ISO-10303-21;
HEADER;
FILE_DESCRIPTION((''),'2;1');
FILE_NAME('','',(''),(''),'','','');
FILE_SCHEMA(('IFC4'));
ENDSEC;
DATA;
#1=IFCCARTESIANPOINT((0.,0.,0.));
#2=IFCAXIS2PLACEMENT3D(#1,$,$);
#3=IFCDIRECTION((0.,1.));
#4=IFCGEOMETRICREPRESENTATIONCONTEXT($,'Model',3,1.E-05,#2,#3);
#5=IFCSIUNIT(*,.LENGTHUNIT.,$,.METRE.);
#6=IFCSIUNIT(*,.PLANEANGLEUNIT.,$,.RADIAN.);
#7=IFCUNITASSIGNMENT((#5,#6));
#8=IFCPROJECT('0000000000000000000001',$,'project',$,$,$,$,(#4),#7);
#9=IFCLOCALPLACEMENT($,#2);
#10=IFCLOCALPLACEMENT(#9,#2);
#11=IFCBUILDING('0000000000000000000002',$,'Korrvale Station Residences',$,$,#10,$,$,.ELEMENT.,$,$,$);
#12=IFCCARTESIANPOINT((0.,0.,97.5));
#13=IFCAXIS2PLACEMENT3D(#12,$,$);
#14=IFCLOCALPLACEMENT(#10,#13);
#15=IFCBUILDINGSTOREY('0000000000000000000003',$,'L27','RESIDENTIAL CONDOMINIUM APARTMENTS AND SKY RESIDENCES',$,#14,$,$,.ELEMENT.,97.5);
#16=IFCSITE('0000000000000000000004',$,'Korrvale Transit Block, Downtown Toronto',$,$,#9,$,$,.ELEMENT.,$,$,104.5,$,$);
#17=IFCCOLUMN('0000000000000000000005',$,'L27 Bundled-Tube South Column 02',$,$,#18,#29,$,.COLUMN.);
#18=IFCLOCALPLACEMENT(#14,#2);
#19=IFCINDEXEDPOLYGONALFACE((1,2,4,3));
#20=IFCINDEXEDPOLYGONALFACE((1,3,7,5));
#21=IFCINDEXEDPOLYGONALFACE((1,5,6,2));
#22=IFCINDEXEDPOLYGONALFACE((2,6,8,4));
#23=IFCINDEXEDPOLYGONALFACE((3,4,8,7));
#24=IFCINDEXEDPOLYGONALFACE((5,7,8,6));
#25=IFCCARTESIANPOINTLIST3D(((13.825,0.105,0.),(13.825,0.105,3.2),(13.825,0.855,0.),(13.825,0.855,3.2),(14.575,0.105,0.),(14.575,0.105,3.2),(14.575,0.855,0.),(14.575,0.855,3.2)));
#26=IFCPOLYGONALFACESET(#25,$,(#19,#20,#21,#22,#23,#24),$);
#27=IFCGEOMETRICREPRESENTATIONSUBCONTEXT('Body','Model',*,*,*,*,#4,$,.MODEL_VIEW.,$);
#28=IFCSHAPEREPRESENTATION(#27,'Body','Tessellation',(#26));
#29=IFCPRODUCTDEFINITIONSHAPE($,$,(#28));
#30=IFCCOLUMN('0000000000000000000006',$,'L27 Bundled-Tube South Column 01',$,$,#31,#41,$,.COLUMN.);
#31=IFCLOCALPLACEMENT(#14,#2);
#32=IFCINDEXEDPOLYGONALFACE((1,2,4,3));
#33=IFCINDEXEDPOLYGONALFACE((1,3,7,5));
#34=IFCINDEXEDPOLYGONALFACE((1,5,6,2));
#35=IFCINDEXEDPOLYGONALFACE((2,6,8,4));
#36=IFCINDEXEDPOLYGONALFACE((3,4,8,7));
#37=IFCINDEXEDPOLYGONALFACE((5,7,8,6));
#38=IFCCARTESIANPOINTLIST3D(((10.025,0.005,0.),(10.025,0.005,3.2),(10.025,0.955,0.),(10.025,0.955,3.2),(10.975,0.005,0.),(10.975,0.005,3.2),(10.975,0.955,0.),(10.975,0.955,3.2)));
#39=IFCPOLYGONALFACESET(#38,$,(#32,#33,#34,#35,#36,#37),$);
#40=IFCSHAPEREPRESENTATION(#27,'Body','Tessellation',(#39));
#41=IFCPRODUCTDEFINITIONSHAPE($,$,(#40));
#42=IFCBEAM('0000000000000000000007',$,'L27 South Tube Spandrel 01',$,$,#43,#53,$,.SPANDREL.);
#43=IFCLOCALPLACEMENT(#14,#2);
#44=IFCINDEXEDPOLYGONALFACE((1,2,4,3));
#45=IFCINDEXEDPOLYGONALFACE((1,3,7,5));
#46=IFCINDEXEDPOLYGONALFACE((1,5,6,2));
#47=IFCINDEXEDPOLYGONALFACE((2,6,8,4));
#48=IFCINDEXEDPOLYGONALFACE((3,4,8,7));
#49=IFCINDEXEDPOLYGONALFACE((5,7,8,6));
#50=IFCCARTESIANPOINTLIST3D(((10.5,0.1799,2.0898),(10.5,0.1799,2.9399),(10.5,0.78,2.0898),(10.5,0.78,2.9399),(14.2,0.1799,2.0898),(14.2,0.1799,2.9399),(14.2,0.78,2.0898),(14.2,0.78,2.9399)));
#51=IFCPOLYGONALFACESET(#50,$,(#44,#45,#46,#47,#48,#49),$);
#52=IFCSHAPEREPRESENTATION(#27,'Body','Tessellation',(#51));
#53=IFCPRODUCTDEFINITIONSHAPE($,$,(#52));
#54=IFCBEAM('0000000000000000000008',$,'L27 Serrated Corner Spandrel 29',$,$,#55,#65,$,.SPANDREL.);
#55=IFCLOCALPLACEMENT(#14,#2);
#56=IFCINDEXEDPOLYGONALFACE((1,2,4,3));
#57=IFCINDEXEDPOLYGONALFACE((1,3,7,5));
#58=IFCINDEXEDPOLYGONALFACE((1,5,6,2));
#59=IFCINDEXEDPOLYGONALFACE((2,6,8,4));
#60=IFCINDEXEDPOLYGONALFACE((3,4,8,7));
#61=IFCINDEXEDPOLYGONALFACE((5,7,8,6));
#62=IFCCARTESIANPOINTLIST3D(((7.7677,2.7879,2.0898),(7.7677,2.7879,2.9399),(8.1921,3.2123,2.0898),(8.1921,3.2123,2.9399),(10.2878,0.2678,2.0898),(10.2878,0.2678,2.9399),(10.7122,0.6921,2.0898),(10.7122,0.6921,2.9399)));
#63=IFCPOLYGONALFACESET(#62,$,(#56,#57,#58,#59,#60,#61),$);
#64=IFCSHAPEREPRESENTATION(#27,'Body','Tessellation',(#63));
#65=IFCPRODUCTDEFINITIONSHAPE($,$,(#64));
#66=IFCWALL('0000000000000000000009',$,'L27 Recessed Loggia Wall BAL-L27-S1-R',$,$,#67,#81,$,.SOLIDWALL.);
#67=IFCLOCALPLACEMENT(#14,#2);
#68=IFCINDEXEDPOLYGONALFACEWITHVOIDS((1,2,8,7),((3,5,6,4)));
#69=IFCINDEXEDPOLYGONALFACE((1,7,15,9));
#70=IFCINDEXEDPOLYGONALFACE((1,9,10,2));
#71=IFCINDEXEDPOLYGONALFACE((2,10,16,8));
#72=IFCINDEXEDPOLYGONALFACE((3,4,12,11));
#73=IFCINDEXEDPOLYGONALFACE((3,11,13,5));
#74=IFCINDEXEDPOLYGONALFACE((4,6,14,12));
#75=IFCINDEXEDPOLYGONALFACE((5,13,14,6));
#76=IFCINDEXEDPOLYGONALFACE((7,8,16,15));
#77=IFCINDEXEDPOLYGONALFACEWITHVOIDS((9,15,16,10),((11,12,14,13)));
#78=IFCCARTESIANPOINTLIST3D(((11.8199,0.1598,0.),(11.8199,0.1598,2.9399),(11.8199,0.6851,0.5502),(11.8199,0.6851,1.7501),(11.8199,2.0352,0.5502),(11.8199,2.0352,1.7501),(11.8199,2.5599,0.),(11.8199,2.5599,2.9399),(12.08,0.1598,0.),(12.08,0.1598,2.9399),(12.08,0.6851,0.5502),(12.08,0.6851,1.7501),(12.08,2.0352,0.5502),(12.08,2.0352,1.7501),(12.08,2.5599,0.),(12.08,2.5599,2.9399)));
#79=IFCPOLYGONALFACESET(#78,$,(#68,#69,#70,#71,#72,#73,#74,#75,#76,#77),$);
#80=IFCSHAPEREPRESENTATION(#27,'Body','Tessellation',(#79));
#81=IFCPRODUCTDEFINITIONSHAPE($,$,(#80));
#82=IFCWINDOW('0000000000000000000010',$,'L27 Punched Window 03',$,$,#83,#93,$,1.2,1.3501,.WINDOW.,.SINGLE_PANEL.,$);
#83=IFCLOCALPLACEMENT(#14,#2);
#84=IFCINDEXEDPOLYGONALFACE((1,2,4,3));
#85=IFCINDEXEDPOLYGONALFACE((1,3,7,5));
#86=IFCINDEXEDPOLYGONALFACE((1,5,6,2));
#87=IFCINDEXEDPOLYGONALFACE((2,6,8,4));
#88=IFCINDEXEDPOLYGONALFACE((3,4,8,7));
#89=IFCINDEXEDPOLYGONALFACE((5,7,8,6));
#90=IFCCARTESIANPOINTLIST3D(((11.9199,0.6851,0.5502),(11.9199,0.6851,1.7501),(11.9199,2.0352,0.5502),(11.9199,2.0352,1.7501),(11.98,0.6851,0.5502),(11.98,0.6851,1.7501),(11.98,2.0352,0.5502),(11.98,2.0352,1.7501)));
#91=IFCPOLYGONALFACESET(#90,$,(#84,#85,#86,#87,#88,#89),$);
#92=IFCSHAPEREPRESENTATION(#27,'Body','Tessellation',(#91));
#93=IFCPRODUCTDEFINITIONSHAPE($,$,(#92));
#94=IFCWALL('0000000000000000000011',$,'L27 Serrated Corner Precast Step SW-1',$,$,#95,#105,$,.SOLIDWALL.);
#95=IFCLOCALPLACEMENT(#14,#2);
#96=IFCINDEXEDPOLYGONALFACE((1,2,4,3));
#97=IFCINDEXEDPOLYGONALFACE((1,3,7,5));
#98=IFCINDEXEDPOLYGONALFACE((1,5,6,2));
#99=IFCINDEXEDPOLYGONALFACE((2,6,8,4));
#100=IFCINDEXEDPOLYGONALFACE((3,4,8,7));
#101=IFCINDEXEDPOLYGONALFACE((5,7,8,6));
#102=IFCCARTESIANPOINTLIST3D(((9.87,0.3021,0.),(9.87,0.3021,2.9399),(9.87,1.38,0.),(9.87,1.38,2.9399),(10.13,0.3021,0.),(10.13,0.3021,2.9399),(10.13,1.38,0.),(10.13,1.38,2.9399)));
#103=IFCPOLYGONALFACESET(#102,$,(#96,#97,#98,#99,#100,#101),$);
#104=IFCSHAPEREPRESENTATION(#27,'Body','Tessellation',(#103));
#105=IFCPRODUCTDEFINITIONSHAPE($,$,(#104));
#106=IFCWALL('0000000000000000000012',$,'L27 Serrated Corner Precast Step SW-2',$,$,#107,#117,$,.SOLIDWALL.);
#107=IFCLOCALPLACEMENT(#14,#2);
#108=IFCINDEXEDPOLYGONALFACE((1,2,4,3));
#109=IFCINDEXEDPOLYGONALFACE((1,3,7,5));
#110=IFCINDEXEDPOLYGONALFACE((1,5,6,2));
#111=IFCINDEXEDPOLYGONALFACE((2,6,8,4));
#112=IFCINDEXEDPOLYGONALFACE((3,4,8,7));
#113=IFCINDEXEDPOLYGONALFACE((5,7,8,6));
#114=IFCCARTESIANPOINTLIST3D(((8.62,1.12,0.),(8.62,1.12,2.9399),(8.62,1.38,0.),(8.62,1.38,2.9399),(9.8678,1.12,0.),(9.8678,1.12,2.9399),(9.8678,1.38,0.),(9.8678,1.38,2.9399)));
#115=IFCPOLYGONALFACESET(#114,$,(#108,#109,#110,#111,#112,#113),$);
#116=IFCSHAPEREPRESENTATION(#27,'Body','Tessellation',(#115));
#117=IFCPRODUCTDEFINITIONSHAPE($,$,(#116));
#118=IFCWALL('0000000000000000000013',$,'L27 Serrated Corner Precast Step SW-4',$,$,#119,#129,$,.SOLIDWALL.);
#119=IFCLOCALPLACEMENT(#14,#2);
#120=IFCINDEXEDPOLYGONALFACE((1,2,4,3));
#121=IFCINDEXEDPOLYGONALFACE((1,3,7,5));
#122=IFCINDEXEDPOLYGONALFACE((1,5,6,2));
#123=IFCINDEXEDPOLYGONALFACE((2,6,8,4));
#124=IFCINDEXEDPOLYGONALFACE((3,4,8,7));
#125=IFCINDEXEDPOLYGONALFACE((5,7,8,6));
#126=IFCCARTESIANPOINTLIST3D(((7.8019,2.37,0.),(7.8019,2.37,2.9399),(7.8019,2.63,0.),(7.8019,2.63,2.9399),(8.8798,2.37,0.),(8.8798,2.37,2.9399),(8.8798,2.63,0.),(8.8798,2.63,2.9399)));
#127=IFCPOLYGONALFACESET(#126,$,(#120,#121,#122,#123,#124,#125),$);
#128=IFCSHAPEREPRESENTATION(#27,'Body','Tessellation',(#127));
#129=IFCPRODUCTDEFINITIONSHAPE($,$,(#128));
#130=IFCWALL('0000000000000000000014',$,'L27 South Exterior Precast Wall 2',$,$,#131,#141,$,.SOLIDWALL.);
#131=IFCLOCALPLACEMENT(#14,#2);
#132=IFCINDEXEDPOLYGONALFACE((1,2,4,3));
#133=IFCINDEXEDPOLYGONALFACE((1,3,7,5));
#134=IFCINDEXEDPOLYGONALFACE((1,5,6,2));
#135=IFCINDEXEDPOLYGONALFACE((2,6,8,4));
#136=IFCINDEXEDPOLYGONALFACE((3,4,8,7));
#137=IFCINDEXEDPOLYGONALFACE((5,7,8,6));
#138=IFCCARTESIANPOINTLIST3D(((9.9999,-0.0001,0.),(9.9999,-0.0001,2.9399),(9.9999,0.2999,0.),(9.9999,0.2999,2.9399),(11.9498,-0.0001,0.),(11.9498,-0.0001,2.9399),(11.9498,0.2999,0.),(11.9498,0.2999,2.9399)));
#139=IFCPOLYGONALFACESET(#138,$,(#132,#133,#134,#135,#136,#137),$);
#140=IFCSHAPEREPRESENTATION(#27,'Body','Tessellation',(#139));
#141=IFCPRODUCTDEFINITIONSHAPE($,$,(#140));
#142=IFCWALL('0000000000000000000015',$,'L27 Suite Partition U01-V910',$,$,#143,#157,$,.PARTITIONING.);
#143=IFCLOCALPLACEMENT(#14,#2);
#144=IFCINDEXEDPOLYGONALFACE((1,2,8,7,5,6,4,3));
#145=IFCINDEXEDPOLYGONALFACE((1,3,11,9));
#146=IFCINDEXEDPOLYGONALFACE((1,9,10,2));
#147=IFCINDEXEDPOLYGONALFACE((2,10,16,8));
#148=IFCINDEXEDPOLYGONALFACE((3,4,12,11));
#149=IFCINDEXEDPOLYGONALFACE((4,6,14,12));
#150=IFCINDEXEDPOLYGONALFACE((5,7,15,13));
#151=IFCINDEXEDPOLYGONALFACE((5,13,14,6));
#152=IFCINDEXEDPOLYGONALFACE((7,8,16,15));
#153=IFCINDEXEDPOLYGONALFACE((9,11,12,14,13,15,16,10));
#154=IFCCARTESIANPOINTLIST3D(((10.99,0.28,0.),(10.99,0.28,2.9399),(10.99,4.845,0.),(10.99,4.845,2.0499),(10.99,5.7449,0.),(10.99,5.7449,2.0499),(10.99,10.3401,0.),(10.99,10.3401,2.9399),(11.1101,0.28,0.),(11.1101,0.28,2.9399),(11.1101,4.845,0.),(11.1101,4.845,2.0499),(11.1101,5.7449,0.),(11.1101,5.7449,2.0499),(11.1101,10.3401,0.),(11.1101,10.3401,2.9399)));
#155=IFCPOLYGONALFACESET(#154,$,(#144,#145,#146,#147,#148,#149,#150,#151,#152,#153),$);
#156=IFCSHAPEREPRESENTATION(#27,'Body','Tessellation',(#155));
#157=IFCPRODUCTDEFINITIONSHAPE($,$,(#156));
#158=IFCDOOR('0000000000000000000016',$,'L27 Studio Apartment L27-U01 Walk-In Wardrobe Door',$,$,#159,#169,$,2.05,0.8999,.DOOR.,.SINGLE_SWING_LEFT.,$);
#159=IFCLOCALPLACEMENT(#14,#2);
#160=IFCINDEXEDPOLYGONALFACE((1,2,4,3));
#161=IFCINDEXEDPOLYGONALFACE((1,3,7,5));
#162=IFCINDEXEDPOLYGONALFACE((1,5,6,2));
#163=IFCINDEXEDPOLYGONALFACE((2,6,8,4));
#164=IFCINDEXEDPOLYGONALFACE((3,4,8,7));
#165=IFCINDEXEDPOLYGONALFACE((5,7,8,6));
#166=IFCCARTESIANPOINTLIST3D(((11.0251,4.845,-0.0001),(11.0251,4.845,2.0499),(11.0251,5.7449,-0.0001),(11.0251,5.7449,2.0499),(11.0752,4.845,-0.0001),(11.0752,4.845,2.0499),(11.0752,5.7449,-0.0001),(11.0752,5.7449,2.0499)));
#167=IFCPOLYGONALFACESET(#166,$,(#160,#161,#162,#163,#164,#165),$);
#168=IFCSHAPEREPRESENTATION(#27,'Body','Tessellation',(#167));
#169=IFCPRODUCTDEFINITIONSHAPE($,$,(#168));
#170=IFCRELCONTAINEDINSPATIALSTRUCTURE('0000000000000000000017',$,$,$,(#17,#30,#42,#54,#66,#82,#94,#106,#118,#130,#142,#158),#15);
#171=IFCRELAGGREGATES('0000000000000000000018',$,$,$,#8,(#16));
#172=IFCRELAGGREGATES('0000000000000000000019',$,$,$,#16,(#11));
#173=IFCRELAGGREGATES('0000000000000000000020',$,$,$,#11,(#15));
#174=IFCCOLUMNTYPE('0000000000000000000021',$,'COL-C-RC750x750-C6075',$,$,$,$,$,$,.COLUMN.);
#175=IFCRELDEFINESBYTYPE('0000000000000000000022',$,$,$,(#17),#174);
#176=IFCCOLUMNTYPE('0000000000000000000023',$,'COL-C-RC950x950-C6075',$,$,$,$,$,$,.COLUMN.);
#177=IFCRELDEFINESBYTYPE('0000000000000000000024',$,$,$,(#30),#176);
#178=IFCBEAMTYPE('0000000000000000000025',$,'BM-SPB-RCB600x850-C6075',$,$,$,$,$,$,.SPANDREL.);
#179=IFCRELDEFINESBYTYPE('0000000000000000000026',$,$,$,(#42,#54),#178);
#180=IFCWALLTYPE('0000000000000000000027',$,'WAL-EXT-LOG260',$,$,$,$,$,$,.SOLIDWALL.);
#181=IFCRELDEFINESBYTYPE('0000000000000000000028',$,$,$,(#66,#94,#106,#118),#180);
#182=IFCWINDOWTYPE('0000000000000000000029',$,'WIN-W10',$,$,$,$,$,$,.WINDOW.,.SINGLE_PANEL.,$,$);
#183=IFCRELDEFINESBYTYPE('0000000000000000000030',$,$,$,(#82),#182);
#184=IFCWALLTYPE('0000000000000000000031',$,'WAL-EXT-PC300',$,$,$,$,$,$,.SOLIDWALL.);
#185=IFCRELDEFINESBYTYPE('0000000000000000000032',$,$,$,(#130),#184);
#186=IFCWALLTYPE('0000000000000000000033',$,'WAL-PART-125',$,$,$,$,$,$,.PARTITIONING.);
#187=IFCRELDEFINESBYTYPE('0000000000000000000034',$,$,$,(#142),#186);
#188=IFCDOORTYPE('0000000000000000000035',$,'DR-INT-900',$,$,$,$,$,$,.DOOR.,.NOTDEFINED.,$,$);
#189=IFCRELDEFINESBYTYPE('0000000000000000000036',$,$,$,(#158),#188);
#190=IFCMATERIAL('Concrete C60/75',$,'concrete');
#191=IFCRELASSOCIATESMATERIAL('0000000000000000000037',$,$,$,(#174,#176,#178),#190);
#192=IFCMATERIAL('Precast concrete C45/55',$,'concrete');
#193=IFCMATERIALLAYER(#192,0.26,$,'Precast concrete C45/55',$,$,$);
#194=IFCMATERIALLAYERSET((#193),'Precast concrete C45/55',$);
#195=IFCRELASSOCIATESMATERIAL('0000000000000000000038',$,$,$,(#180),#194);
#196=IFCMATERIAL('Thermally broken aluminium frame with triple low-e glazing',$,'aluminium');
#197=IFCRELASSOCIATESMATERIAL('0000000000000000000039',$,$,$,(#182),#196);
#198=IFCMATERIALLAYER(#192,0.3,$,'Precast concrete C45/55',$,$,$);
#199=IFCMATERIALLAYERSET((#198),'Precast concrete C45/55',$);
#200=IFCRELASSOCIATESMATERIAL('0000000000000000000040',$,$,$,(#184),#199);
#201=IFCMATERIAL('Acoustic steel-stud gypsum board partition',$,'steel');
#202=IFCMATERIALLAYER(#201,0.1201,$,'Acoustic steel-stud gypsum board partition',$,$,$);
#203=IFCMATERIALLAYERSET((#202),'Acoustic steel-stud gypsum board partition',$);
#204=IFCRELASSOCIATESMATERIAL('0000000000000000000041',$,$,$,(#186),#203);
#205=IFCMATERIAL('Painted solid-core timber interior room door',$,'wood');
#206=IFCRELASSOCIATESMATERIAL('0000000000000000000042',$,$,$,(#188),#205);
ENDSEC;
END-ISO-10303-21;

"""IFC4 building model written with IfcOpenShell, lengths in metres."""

from ifc_helpers import new_model, si_unit, direction, frame, frame_2d, origin, origin_2d, place, context, subcontext, project, spatial, rectangle, extrude, material, layer, layer_set, material_profile, profile_set, type_object, element, fill, save


model = new_model("IFC4")

# Units and contexts
model_context = context("Model", 3, precision=1e-05, world=origin(), true_north=direction((0.0, 1.0)))
body_context = subcontext(model_context, "Body", "Model", "MODEL_VIEW")
ifc_project = project(units=[si_unit("LENGTHUNIT", "METRE"), si_unit("PLANEANGLEUNIT", "RADIAN")], contexts=[model_context])

# Site, building, storey
site_placement = place(None, origin())
site = spatial("IfcSite", under=ifc_project, at=site_placement, Name="Korrvale Transit Block, Downtown Toronto", CompositionType="ELEMENT", RefElevation=104.5)
building_placement = place(site_placement, origin())
building = spatial("IfcBuilding", under=site, at=building_placement, Name="Korrvale Station Residences", CompositionType="ELEMENT")
storey_placement = place(building_placement, frame((0.0, 0.0, 97.5)))
storey = spatial("IfcBuildingStorey", under=building, at=storey_placement, Name="L27", Description="RESIDENTIAL CONDOMINIUM APARTMENTS AND SKY RESIDENCES", CompositionType="ELEMENT", Elevation=97.5)

# Columns
ifc_material_1 = material(Name="Concrete C60/75", Category="concrete")
ifc_material_profile_1 = material_profile(ifc_material_1, rectangle(XDim=0.75, YDim=0.75, at=origin_2d()), Name="RC750x750")
ifc_profile_set_1 = profile_set([ifc_material_profile_1], Name="Concrete C60/75")
column_type_1 = type_object("IfcColumnType", Name="COL-C-RC750x750-C6075", PredefinedType="COLUMN", material=ifc_profile_set_1)
column_1_placement = place(storey_placement, frame((14.2, 0.48, 0.0), z_axis=(0.0, 0.0, 1.0), x_axis=(1.0, 0.0, 0.0)))
element("IfcColumn", 1, at=column_1_placement, inside=storey, type_object=column_type_1, Name="L27 Bundled-Tube South Column 02", PredefinedType="COLUMN", context=body_context, shape_type="SweptSolid", body=[
    extrude(rectangle(XDim=0.75, YDim=0.75, at=origin_2d()), origin(), (0.0, 0.0, 1.0), 3.2),
])
ifc_material_profile_2 = material_profile(ifc_material_1, rectangle(XDim=0.95, YDim=0.95, at=origin_2d()), Name="RC950x950")
ifc_profile_set_2 = profile_set([ifc_material_profile_2], Name="Concrete C60/75")
column_type_2 = type_object("IfcColumnType", Name="COL-C-RC950x950-C6075", PredefinedType="COLUMN", material=ifc_profile_set_2)
column_2_placement = place(storey_placement, frame((10.5, 0.48, 0.0), z_axis=(0.0, 0.0, 1.0), x_axis=(1.0, 0.0, 0.0)))
element("IfcColumn", 2, at=column_2_placement, inside=storey, type_object=column_type_2, Name="L27 Bundled-Tube South Column 01", PredefinedType="COLUMN", context=body_context, shape_type="SweptSolid", body=[
    extrude(rectangle(XDim=0.95, YDim=0.95, at=origin_2d()), origin(), (0.0, 0.0, 1.0), 3.2),
])

# Beams
ifc_material_profile_3 = material_profile(ifc_material_1, rectangle(XDim=0.6001, YDim=0.8501, at=origin_2d()), Name="RCB600x850")
ifc_profile_set_3 = profile_set([ifc_material_profile_3], Name="Concrete C60/75")
beam_type = type_object("IfcBeamType", Name="BM-SPB-RCB600x850-C6075", PredefinedType="SPANDREL", material=ifc_profile_set_3)
beam_1_placement = place(storey_placement, frame((10.5, 0.48, 2.5149), z_axis=(1.0, 0.0, 0.0), x_axis=(0.0, 1.0, 0.0)))
element("IfcBeam", 3, at=beam_1_placement, inside=storey, type_object=beam_type, Name="L27 South Tube Spandrel 01", PredefinedType="SPANDREL", context=body_context, shape_type="SweptSolid", body=[
    extrude(rectangle(XDim=0.6001, YDim=0.8501, at=origin_2d()), origin(), (0.0, 0.0, 1.0), 3.7),
])
beam_2_placement = place(storey_placement, frame((10.5, 0.48, 2.5149), z_axis=(-0.707107, 0.707107, 0.0), x_axis=(-0.707107, -0.707107, 0.0)))
element("IfcBeam", 4, at=beam_2_placement, inside=storey, type_object=beam_type, Name="L27 Serrated Corner Spandrel 29", PredefinedType="SPANDREL", context=body_context, shape_type="SweptSolid", body=[
    extrude(rectangle(XDim=0.6001, YDim=0.8501, at=origin_2d()), origin(), (0.0, 0.0, 1.0), 3.564),
])

# Wall, opening, window
ifc_material_2 = material(Name="Precast concrete C45/55", Category="concrete")
ifc_layer_1 = layer(ifc_material_2, 0.26, Name="Precast concrete C45/55")
ifc_layer_set_1 = layer_set([ifc_layer_1], Name="Precast concrete C45/55")
wall_type_1 = type_object("IfcWallType", Name="WAL-EXT-LOG260", PredefinedType="SOLIDWALL", material=ifc_layer_set_1)
wall_1_placement = place(storey_placement, frame((11.95, 2.5601, 0.0), z_axis=(0.0, 0.0, 1.0), x_axis=(0.0, -1.0, 0.0)))
wall_1 = element("IfcWall", 5, at=wall_1_placement, inside=storey, type_object=wall_type_1, Name="L27 Recessed Loggia Wall BAL-L27-S1-R", PredefinedType="SOLIDWALL", context=body_context, shape_type="SweptSolid", body=[
    extrude(rectangle(XDim=2.4001, YDim=0.26, at=frame_2d((1.2002, 0.0))), origin(), (0.0, 0.0, 1.0), 2.9399),
])
opening_1_placement = place(wall_1_placement, frame((0.5249, 0.0, 0.55)))
opening_1 = element("IfcOpeningElement", 6, at=opening_1_placement, cuts=wall_1, PredefinedType="OPENING", context=body_context, shape_type="SweptSolid", body=[
    extrude(rectangle(XDim=1.3501, YDim=1.2, at=frame_2d((0.675, 0.6001))), frame((0.0, 0.1401, 0.0), z_axis=(0.0, -1.0, 0.0), x_axis=(1.0, 0.0, 0.0)), (0.0, 0.0, 1.0), 0.28),
])
ifc_material_3 = material(Name="Thermally broken aluminium frame with triple low-e glazing", Category="aluminium")
window_type = type_object("IfcWindowType", Name="WIN-W10", PartitioningType="SINGLE_PANEL", PredefinedType="WINDOW", material=ifc_material_3)
window_placement = place(opening_1_placement, origin())
window = element("IfcWindow", 7, at=window_placement, inside=storey, type_object=window_type, Name="L27 Punched Window 03", OverallHeight=1.2, OverallWidth=1.3501, PartitioningType="SINGLE_PANEL", PredefinedType="WINDOW", context=body_context, shape_type="SweptSolid", body=[
    extrude(rectangle(XDim=1.3501, YDim=1.2, at=frame_2d((0.675, 0.6001))), frame((0.0, 0.03, 0.0), z_axis=(0.0, -1.0, 0.0), x_axis=(1.0, 0.0, 0.0)), (0.0, 0.0, 1.0), 0.0601),
])
fill(opening_1, window)

# Walls
wall_2_placement = place(storey_placement, frame((10.0, 0.302, 0.0), z_axis=(0.0, 0.0, 1.0), x_axis=(0.0, 1.0, 0.0)))
element("IfcWall", 8, at=wall_2_placement, inside=storey, type_object=wall_type_1, Name="L27 Serrated Corner Precast Step SW-1", PredefinedType="SOLIDWALL", context=body_context, shape_type="SweptSolid", body=[
    extrude(rectangle(XDim=1.0779, YDim=0.26, at=frame_2d((0.5391, 0.0))), origin(), (0.0, 0.0, 1.0), 2.9399),
])
wall_3_placement = place(storey_placement, frame((9.8679, 1.25, 0.0), z_axis=(0.0, 0.0, 1.0), x_axis=(-1.0, 0.0, 0.0)))
element("IfcWall", 9, at=wall_3_placement, inside=storey, type_object=wall_type_1, Name="L27 Serrated Corner Precast Step SW-2", PredefinedType="SOLIDWALL", context=body_context, shape_type="SweptSolid", body=[
    extrude(rectangle(XDim=1.2478, YDim=0.26, at=frame_2d((0.624, 0.0))), origin(), (0.0, 0.0, 1.0), 2.9399),
])
wall_4_placement = place(storey_placement, frame((8.8799, 2.5, 0.0), z_axis=(0.0, 0.0, 1.0), x_axis=(-1.0, 0.0, 0.0)))
element("IfcWall", 10, at=wall_4_placement, inside=storey, type_object=wall_type_1, Name="L27 Serrated Corner Precast Step SW-4", PredefinedType="SOLIDWALL", context=body_context, shape_type="SweptSolid", body=[
    extrude(rectangle(XDim=1.0779, YDim=0.26, at=frame_2d((0.5391, 0.0))), origin(), (0.0, 0.0, 1.0), 2.9399),
])
ifc_layer_2 = layer(ifc_material_2, 0.3, Name="Precast concrete C45/55")
ifc_layer_set_2 = layer_set([ifc_layer_2], Name="Precast concrete C45/55")
wall_type_2 = type_object("IfcWallType", Name="WAL-EXT-PC300", PredefinedType="SOLIDWALL", material=ifc_layer_set_2)
wall_5_placement = place(storey_placement, frame((11.95, 0.1499, 0.0), z_axis=(0.0, 0.0, 1.0), x_axis=(-1.0, 0.0, 0.0)))
element("IfcWall", 11, at=wall_5_placement, inside=storey, type_object=wall_type_2, Name="L27 South Exterior Precast Wall 2", PredefinedType="SOLIDWALL", context=body_context, shape_type="SweptSolid", body=[
    extrude(rectangle(XDim=1.95, YDim=0.3, at=frame_2d((0.9751, 0.0))), origin(), (0.0, 0.0, 1.0), 2.9399),
])

# Wall, opening, door
ifc_material_4 = material(Name="Acoustic steel-stud gypsum board partition", Category="steel")
ifc_layer_3 = layer(ifc_material_4, 0.1201, Name="Acoustic steel-stud gypsum board partition")
ifc_layer_set_3 = layer_set([ifc_layer_3], Name="Acoustic steel-stud gypsum board partition")
wall_type_3 = type_object("IfcWallType", Name="WAL-PART-125", PredefinedType="PARTITIONING", material=ifc_layer_set_3)
wall_6_placement = place(storey_placement, frame((11.05, 0.28, 0.0), z_axis=(0.0, 0.0, 1.0), x_axis=(0.0, 1.0, 0.0)))
wall_6 = element("IfcWall", 12, at=wall_6_placement, inside=storey, type_object=wall_type_3, Name="L27 Suite Partition U01-V910", PredefinedType="PARTITIONING", context=body_context, shape_type="SweptSolid", body=[
    extrude(rectangle(XDim=10.0601, YDim=0.1201, at=frame_2d((5.03, 0.0))), origin(), (0.0, 0.0, 1.0), 2.9399),
])
opening_2_placement = place(wall_6_placement, frame((4.5649, 0.0, 0.0)))
opening_2 = element("IfcOpeningElement", 13, at=opening_2_placement, cuts=wall_6, PredefinedType="OPENING", context=body_context, shape_type="SweptSolid", body=[
    extrude(rectangle(XDim=0.8999, YDim=2.05, at=frame_2d((0.45, 1.0249))), frame((0.0, 0.0701, 0.0), z_axis=(0.0, -1.0, 0.0), x_axis=(1.0, 0.0, 0.0)), (0.0, 0.0, 1.0), 0.1401),
])
ifc_material_5 = material(Name="Painted solid-core timber interior room door", Category="wood")
door_type = type_object("IfcDoorType", Name="DR-INT-900", OperationType="NOTDEFINED", PredefinedType="DOOR", material=ifc_material_5)
door_placement = place(opening_2_placement, origin())
door = element("IfcDoor", 14, at=door_placement, inside=storey, type_object=door_type, Name="L27 Studio Apartment L27-U01 Walk-In Wardrobe Door", OperationType="SINGLE_SWING_LEFT", OverallHeight=2.05, OverallWidth=0.8999, PredefinedType="DOOR", context=body_context, shape_type="SweptSolid", body=[
    extrude(rectangle(XDim=0.8999, YDim=2.05, at=frame_2d((0.45, 1.0249))), frame((0.0, 0.0249, 0.0), z_axis=(0.0, -1.0, 0.0), x_axis=(1.0, 0.0, 0.0)), (0.0, 0.0, 1.0), 0.05),
])
fill(opening_2, door)

save(model, "model.ifc")
